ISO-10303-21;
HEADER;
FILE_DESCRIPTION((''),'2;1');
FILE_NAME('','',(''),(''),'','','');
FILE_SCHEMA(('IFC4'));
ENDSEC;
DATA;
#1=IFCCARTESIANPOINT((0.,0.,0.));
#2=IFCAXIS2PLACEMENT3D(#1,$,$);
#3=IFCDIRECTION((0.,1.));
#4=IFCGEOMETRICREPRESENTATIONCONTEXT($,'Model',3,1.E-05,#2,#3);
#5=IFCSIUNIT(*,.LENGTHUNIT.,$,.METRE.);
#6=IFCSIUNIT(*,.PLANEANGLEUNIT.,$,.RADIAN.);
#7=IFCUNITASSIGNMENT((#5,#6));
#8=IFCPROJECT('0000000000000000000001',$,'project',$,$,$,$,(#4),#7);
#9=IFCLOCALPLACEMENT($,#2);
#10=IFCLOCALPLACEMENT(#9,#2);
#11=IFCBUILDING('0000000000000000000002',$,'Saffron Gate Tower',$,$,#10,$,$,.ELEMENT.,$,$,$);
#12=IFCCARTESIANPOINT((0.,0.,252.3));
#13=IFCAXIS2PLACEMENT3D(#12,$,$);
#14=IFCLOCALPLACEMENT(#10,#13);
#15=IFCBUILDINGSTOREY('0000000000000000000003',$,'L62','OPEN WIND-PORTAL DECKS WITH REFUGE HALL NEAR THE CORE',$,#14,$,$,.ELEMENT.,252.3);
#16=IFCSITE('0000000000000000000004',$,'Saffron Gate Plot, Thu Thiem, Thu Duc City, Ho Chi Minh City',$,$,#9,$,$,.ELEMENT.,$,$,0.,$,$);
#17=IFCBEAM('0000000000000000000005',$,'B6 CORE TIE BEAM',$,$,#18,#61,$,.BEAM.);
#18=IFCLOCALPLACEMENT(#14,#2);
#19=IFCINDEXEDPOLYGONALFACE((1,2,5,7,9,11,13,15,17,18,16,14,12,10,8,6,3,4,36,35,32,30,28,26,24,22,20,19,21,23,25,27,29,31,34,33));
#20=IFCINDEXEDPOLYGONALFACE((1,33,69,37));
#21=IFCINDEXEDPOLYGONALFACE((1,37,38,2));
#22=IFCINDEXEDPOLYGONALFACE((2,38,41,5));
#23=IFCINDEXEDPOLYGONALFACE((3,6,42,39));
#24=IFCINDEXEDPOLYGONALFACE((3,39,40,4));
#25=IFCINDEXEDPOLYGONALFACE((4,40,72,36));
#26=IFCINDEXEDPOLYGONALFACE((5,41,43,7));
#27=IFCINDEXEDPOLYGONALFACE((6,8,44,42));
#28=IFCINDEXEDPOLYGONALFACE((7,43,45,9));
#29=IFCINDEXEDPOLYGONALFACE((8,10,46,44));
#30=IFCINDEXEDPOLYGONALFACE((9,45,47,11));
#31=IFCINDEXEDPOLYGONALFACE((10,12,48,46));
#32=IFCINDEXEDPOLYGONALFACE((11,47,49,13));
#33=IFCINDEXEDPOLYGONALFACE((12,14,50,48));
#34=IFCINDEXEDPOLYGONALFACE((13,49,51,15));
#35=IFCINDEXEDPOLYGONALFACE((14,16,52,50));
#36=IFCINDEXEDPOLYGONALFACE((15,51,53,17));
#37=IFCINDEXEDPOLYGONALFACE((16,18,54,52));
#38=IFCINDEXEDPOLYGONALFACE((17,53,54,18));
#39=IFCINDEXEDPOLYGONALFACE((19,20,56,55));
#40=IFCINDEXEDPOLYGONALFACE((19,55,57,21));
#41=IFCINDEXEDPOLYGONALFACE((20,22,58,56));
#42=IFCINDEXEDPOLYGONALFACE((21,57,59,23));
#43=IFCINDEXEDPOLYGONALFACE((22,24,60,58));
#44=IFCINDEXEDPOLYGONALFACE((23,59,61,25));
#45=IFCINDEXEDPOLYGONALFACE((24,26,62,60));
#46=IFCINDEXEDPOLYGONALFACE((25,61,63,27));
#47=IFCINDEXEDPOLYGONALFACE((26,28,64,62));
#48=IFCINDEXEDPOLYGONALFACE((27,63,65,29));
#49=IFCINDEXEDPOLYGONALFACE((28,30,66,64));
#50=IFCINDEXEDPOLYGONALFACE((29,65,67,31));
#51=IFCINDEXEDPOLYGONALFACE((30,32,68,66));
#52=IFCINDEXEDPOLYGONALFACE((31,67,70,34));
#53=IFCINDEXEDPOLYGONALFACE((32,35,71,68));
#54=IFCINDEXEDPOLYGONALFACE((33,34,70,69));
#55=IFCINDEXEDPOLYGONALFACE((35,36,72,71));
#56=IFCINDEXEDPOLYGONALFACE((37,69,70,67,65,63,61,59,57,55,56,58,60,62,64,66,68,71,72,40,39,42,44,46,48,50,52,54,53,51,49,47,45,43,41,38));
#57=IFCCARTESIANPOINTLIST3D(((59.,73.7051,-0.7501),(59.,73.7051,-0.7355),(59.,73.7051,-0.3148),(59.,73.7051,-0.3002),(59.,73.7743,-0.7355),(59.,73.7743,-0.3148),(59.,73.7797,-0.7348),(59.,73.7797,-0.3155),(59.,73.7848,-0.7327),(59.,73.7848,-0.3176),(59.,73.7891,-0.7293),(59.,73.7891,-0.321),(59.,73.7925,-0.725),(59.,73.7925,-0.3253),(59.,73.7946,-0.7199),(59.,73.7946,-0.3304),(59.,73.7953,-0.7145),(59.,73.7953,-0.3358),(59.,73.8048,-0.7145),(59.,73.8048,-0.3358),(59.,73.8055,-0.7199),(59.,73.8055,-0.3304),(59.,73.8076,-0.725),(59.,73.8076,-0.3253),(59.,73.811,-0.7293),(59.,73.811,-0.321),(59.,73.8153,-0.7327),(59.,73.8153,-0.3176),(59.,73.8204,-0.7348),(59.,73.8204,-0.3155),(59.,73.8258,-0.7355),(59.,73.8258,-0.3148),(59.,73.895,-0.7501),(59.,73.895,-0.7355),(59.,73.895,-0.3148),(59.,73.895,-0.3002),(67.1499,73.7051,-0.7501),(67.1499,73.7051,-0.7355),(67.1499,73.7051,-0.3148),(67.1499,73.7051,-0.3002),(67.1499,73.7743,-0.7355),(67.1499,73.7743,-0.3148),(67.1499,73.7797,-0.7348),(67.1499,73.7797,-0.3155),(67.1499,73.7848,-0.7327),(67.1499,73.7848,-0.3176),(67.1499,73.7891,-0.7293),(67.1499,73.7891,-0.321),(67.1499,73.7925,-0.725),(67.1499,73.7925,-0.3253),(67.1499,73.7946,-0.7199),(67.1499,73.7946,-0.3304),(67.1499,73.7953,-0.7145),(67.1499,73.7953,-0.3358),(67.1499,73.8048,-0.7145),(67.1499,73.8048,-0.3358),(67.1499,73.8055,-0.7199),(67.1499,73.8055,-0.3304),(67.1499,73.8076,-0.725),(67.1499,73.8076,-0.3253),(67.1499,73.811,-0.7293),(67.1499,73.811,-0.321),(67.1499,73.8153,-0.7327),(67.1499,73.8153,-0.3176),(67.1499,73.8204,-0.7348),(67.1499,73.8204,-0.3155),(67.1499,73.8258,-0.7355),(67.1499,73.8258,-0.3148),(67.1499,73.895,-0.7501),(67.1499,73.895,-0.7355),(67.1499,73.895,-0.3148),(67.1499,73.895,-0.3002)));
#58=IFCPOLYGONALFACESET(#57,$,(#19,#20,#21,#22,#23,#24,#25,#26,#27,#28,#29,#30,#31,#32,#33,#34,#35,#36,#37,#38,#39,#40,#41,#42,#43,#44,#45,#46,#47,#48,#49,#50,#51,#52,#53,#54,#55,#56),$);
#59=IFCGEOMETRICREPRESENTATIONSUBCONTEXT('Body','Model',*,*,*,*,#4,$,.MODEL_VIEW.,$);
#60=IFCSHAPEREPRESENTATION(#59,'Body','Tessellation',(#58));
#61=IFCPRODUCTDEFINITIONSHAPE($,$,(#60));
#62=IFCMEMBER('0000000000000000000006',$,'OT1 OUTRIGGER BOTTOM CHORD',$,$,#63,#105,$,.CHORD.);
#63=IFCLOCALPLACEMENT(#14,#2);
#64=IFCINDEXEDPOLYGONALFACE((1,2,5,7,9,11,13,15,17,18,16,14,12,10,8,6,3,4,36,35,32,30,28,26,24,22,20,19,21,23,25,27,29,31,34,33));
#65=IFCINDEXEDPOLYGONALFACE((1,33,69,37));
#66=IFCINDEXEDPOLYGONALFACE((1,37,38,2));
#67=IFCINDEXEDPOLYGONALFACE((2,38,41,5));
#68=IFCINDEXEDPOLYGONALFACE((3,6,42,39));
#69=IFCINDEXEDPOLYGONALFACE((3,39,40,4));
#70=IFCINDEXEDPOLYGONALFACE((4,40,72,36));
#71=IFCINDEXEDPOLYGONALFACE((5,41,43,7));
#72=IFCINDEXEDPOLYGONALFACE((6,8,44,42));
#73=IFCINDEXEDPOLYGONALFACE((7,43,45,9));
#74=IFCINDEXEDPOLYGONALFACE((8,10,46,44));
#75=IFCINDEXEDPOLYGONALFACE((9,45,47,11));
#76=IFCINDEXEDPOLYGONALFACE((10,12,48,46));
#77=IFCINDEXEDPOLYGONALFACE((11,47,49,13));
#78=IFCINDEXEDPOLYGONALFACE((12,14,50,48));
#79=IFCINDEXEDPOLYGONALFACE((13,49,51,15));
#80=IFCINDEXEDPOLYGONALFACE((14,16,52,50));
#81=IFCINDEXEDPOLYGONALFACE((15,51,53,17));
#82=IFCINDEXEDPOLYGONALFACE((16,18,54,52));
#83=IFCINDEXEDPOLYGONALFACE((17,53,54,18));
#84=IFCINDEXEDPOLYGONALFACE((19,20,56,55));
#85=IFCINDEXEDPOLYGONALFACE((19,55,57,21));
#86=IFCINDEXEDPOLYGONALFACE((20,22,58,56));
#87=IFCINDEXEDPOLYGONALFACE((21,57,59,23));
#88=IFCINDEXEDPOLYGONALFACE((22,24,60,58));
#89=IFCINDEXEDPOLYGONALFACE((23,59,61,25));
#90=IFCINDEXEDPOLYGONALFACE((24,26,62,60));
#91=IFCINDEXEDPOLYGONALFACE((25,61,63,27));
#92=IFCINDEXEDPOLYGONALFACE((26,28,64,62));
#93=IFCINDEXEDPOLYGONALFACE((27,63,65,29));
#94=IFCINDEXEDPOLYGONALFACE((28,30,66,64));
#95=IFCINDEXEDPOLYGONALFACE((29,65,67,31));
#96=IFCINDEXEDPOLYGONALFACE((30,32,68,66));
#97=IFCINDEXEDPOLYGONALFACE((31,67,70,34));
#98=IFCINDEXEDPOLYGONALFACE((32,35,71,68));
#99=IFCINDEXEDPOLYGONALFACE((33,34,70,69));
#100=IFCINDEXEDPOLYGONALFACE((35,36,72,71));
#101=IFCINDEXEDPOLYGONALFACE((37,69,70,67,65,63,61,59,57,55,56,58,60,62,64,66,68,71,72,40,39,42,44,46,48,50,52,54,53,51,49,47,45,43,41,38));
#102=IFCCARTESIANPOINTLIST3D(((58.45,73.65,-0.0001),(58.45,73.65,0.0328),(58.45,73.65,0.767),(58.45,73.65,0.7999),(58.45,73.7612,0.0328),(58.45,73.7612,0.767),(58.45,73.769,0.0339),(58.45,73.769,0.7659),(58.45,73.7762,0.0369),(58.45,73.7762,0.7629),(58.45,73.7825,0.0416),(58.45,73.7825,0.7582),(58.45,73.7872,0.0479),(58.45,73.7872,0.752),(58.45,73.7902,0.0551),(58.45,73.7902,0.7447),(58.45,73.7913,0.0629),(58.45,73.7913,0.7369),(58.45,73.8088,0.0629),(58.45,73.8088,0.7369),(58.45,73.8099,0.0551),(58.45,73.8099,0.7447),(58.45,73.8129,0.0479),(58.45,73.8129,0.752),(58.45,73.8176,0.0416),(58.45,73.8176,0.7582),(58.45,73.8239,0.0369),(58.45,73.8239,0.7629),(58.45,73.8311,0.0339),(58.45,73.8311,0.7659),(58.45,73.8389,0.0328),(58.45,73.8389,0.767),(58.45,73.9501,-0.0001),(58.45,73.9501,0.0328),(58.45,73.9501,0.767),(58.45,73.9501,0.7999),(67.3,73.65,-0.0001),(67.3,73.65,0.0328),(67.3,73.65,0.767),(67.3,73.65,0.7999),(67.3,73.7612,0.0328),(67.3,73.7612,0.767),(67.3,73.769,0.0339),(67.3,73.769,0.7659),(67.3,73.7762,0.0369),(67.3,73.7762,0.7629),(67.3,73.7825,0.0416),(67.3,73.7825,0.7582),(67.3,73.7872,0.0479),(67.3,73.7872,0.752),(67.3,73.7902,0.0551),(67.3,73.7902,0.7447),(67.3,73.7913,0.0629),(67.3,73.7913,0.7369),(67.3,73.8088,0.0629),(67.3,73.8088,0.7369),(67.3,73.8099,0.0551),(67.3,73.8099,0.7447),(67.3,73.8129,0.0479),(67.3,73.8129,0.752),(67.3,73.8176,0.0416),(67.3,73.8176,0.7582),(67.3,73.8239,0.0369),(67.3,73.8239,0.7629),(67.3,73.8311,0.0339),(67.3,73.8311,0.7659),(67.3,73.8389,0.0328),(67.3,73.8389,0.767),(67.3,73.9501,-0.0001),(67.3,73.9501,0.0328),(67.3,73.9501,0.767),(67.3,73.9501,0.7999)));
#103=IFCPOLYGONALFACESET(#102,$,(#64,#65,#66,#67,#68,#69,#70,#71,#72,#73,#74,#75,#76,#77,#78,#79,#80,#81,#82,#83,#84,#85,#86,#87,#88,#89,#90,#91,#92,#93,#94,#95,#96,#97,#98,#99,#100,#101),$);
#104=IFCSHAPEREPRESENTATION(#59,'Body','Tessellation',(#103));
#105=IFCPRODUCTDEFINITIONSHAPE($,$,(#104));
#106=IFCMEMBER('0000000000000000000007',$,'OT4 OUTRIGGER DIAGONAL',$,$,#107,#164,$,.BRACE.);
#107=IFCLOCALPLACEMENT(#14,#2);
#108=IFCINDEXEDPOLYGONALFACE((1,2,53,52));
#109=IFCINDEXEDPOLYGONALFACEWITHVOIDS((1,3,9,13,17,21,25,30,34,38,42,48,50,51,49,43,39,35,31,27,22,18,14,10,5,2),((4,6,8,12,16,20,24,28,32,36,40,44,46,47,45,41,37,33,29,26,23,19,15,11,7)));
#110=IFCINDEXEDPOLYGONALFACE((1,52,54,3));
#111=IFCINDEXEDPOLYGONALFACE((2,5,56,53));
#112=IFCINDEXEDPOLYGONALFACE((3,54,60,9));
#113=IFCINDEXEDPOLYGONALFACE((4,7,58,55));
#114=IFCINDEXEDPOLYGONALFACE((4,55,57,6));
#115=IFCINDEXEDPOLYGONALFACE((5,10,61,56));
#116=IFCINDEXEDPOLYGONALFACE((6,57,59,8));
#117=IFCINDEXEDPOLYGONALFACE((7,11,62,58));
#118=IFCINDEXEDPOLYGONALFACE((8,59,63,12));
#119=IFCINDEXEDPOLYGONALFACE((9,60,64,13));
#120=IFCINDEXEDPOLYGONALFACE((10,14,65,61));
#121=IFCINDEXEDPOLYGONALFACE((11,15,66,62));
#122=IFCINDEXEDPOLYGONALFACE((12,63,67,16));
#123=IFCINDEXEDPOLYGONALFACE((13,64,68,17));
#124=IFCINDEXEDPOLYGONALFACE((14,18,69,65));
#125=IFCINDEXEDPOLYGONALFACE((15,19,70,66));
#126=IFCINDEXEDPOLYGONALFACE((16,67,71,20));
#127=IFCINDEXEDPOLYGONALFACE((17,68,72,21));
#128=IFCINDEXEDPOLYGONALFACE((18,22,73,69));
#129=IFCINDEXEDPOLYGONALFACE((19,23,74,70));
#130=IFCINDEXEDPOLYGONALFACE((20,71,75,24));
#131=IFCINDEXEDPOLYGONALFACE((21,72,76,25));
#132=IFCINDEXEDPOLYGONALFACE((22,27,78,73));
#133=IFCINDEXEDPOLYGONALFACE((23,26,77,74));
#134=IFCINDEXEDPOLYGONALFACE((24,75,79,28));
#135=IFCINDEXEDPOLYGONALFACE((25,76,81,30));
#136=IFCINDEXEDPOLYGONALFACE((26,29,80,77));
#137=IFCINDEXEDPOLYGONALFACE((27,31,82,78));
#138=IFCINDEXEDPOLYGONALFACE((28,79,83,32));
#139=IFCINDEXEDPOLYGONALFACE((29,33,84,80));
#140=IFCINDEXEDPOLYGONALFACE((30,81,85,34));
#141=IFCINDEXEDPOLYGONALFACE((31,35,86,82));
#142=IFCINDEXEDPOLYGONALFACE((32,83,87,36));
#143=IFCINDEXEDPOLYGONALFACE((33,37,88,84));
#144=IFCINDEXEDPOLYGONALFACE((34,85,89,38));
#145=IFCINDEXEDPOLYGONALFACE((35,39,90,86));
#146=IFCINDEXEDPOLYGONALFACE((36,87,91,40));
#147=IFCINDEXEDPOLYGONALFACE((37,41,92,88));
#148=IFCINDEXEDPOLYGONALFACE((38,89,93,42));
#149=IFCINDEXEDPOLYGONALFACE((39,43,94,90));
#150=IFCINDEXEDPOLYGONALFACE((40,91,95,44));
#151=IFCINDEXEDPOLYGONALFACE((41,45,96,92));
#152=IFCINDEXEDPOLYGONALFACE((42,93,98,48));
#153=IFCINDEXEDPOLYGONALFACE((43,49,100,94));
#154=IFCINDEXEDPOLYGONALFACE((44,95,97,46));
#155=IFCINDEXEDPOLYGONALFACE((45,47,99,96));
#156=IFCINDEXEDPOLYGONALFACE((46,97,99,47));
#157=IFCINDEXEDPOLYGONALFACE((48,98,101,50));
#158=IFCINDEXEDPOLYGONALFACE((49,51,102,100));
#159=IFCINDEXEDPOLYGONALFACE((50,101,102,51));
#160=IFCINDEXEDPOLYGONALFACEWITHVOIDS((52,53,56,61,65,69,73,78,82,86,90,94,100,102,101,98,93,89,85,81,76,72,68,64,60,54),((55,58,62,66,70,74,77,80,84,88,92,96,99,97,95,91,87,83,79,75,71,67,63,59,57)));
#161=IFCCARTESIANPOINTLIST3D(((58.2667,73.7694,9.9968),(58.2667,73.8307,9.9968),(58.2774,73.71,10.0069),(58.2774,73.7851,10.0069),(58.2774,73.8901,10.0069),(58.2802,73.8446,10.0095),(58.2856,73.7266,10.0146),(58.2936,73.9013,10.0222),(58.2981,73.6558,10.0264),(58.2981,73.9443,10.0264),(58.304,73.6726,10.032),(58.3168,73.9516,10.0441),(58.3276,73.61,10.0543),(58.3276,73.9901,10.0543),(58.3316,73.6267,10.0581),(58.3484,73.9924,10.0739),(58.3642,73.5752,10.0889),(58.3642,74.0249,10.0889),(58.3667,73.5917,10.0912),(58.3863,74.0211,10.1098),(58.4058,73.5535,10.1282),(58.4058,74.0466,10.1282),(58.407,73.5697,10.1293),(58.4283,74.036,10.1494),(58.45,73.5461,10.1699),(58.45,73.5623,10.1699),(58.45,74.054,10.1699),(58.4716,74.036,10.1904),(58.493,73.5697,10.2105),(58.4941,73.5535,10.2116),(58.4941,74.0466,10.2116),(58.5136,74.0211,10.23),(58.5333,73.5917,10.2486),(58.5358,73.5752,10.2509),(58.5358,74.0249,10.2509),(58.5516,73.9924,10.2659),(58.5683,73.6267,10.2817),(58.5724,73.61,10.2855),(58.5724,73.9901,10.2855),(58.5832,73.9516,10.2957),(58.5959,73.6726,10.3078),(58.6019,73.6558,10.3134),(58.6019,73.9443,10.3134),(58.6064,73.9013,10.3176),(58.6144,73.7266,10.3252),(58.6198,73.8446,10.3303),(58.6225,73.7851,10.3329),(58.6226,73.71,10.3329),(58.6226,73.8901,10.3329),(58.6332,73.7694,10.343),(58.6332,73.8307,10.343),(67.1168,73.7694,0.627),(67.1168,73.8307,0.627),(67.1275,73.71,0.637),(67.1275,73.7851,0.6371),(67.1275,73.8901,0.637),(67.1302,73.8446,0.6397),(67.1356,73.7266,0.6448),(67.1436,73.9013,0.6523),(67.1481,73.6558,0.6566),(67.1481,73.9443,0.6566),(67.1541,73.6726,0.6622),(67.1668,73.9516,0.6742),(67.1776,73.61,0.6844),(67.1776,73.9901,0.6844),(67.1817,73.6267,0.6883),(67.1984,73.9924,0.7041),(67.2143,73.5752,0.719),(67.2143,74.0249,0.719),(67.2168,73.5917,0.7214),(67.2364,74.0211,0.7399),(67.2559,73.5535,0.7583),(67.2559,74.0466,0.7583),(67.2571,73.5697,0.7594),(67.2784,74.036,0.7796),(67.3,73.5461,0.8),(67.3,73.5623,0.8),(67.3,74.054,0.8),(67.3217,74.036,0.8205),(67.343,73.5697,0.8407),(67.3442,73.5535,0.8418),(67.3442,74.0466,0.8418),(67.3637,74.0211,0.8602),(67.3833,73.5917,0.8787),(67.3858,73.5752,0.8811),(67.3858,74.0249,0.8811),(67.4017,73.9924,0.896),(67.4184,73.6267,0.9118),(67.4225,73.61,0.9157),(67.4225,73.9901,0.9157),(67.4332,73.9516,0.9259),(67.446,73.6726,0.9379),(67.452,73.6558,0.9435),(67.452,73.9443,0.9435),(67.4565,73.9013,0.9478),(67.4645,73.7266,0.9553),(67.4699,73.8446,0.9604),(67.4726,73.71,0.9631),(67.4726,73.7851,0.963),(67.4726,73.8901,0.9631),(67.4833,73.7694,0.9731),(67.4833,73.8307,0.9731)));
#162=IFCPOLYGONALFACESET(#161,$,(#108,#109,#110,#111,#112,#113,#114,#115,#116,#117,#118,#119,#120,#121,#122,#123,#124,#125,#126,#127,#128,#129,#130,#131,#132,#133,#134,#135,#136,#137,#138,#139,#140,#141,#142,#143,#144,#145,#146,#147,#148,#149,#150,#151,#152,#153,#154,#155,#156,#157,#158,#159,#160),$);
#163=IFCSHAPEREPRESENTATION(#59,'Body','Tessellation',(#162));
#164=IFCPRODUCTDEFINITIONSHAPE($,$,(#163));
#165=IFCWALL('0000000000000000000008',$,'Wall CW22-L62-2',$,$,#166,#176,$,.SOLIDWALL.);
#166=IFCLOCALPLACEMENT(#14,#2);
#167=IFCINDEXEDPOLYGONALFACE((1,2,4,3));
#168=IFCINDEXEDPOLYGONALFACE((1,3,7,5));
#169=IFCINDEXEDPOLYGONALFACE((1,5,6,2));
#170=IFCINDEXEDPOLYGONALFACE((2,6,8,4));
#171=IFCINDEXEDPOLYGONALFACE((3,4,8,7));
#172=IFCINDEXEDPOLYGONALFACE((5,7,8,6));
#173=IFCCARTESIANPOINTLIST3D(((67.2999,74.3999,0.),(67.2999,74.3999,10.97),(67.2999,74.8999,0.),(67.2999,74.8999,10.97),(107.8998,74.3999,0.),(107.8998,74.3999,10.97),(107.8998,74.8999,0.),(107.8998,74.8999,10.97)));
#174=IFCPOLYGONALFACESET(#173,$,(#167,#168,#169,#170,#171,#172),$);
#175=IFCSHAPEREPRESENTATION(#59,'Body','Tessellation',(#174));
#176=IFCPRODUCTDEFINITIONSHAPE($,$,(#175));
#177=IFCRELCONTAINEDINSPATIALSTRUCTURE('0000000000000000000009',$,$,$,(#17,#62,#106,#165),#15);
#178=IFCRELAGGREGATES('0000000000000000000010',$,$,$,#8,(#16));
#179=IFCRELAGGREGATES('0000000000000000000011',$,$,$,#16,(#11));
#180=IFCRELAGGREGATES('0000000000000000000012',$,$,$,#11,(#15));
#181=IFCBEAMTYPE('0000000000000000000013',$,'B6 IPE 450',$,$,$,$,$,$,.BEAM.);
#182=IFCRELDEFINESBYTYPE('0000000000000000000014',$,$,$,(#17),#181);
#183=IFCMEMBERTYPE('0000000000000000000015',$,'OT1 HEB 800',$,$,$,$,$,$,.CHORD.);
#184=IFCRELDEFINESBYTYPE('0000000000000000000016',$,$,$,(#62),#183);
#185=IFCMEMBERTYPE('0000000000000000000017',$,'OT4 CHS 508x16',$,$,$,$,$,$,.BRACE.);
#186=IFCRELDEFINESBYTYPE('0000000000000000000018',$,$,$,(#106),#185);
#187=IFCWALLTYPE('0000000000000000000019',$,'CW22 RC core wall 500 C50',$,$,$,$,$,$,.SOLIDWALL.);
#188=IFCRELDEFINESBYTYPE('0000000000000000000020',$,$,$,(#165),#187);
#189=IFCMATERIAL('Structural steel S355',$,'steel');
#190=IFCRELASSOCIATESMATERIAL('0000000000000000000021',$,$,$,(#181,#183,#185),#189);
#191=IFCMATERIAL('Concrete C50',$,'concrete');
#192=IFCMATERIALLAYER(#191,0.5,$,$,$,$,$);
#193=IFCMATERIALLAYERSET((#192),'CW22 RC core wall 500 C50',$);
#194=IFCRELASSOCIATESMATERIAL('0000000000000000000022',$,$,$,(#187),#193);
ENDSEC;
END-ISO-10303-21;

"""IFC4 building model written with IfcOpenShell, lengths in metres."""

from ifc_helpers import new_model, si_unit, direction, frame, frame_2d, origin, origin_2d, place, context, subcontext, project, spatial, rectangle, hollow_circle, i_section, extrude, material, layer, layer_set, material_profile, profile_set, type_object, element, save


model = new_model("IFC4")

# Units and contexts
model_context = context("Model", 3, precision=1e-05, world=origin(), true_north=direction((0.0, 1.0)))
body_context = subcontext(model_context, "Body", "Model", "MODEL_VIEW")
ifc_project = project(units=[si_unit("LENGTHUNIT", "METRE"), si_unit("PLANEANGLEUNIT", "RADIAN")], contexts=[model_context])

# Site, building, storey
site_placement = place(None, origin())
site = spatial("IfcSite", under=ifc_project, at=site_placement, Name="Saffron Gate Plot, Thu Thiem, Thu Duc City, Ho Chi Minh City", CompositionType="ELEMENT", RefElevation=0.0)
building_placement = place(site_placement, origin())
building = spatial("IfcBuilding", under=site, at=building_placement, Name="Saffron Gate Tower", CompositionType="ELEMENT")
storey_placement = place(building_placement, frame((0.0, 0.0, 252.3)))
storey = spatial("IfcBuildingStorey", under=building, at=storey_placement, Name="L62", Description="OPEN WIND-PORTAL DECKS WITH REFUGE HALL NEAR THE CORE", CompositionType="ELEMENT", Elevation=252.3)

# Beam
ifc_material_1 = material(Name="Structural steel S355", Category="steel")
ifc_material_profile_1 = material_profile(ifc_material_1, i_section(OverallWidth=0.1899, OverallDepth=0.45, WebThickness=0.0095, FlangeThickness=0.0146, FilletRadius=0.021, at=origin_2d()))
ifc_profile_set_1 = profile_set([ifc_material_profile_1], Name="Structural steel S355")
beam_type = type_object("IfcBeamType", Name="B6 IPE 450", PredefinedType="BEAM", material=ifc_profile_set_1)
beam_placement = place(storey_placement, frame((59.0, 73.8, -0.5251), z_axis=(1.0, 0.0, 0.0), x_axis=(0.0, 1.0, 0.0)))
element("IfcBeam", 1, at=beam_placement, inside=storey, type_object=beam_type, Name="B6 CORE TIE BEAM", PredefinedType="BEAM", context=body_context, shape_type="SweptSolid", body=[
    extrude(i_section(OverallWidth=0.1899, OverallDepth=0.45, WebThickness=0.0095, FlangeThickness=0.0146, FilletRadius=0.021, at=origin_2d()), origin(), (0.0, 0.0, 1.0), 8.1499),
])

# Members
ifc_material_profile_2 = material_profile(ifc_material_1, i_section(OverallWidth=0.3, OverallDepth=0.8, WebThickness=0.0176, FlangeThickness=0.033, FilletRadius=0.03, at=origin_2d()))
ifc_profile_set_2 = profile_set([ifc_material_profile_2], Name="Structural steel S355")
member_type_1 = type_object("IfcMemberType", Name="OT1 HEB 800", PredefinedType="CHORD", material=ifc_profile_set_2)
member_1_placement = place(storey_placement, frame((58.45, 73.8, 0.3999), z_axis=(1.0, 0.0, 0.0), x_axis=(0.0, 1.0, 0.0)))
element("IfcMember", 2, at=member_1_placement, inside=storey, type_object=member_type_1, Name="OT1 OUTRIGGER BOTTOM CHORD", PredefinedType="CHORD", context=body_context, shape_type="SweptSolid", body=[
    extrude(i_section(OverallWidth=0.3, OverallDepth=0.8, WebThickness=0.0176, FlangeThickness=0.033, FilletRadius=0.03, at=origin_2d()), origin(), (0.0, 0.0, 1.0), 8.8501),
])
ifc_material_profile_3 = material_profile(ifc_material_1, hollow_circle(Radius=0.2539, WallThickness=0.0161, at=origin_2d()))
ifc_profile_set_3 = profile_set([ifc_material_profile_3], Name="Structural steel S355")
member_type_2 = type_object("IfcMemberType", Name="OT4 CHS 508x16", PredefinedType="BRACE", material=ifc_profile_set_3)
member_2_placement = place(storey_placement, frame((67.3, 73.8, 0.8), z_axis=(-0.686655, 0.0, 0.726983), x_axis=(0.0, -1.0, 0.0)))
element("IfcMember", 3, at=member_2_placement, inside=storey, type_object=member_type_2, Name="OT4 OUTRIGGER DIAGONAL", PredefinedType="BRACE", context=body_context, shape_type="SweptSolid", body=[
    extrude(hollow_circle(Radius=0.2539, WallThickness=0.0161, at=origin_2d()), origin(), (0.0, 0.0, 1.0), 12.8887),
])

# Wall
ifc_material_2 = material(Name="Concrete C50", Category="concrete")
ifc_layer_1 = layer(ifc_material_2, 0.5)
ifc_layer_set_1 = layer_set([ifc_layer_1], Name="CW22 RC core wall 500 C50")
wall_type_1 = type_object("IfcWallType", Name="CW22 RC core wall 500 C50", PredefinedType="SOLIDWALL", material=ifc_layer_set_1)
wall_1_placement = place(storey_placement, frame((67.3, 74.6499, 0.0), z_axis=(0.0, 0.0, 1.0), x_axis=(1.0, 0.0, 0.0)))
element("IfcWall", 4, at=wall_1_placement, inside=storey, type_object=wall_type_1, Name="Wall CW22-L62-2", PredefinedType="SOLIDWALL", context=body_context, shape_type="SweptSolid", body=[
    extrude(rectangle(XDim=40.5999, YDim=0.5, at=frame_2d((20.2998, 0.0))), origin(), (0.0, 0.0, 1.0), 10.97),
])

save(model, "model.ifc")
